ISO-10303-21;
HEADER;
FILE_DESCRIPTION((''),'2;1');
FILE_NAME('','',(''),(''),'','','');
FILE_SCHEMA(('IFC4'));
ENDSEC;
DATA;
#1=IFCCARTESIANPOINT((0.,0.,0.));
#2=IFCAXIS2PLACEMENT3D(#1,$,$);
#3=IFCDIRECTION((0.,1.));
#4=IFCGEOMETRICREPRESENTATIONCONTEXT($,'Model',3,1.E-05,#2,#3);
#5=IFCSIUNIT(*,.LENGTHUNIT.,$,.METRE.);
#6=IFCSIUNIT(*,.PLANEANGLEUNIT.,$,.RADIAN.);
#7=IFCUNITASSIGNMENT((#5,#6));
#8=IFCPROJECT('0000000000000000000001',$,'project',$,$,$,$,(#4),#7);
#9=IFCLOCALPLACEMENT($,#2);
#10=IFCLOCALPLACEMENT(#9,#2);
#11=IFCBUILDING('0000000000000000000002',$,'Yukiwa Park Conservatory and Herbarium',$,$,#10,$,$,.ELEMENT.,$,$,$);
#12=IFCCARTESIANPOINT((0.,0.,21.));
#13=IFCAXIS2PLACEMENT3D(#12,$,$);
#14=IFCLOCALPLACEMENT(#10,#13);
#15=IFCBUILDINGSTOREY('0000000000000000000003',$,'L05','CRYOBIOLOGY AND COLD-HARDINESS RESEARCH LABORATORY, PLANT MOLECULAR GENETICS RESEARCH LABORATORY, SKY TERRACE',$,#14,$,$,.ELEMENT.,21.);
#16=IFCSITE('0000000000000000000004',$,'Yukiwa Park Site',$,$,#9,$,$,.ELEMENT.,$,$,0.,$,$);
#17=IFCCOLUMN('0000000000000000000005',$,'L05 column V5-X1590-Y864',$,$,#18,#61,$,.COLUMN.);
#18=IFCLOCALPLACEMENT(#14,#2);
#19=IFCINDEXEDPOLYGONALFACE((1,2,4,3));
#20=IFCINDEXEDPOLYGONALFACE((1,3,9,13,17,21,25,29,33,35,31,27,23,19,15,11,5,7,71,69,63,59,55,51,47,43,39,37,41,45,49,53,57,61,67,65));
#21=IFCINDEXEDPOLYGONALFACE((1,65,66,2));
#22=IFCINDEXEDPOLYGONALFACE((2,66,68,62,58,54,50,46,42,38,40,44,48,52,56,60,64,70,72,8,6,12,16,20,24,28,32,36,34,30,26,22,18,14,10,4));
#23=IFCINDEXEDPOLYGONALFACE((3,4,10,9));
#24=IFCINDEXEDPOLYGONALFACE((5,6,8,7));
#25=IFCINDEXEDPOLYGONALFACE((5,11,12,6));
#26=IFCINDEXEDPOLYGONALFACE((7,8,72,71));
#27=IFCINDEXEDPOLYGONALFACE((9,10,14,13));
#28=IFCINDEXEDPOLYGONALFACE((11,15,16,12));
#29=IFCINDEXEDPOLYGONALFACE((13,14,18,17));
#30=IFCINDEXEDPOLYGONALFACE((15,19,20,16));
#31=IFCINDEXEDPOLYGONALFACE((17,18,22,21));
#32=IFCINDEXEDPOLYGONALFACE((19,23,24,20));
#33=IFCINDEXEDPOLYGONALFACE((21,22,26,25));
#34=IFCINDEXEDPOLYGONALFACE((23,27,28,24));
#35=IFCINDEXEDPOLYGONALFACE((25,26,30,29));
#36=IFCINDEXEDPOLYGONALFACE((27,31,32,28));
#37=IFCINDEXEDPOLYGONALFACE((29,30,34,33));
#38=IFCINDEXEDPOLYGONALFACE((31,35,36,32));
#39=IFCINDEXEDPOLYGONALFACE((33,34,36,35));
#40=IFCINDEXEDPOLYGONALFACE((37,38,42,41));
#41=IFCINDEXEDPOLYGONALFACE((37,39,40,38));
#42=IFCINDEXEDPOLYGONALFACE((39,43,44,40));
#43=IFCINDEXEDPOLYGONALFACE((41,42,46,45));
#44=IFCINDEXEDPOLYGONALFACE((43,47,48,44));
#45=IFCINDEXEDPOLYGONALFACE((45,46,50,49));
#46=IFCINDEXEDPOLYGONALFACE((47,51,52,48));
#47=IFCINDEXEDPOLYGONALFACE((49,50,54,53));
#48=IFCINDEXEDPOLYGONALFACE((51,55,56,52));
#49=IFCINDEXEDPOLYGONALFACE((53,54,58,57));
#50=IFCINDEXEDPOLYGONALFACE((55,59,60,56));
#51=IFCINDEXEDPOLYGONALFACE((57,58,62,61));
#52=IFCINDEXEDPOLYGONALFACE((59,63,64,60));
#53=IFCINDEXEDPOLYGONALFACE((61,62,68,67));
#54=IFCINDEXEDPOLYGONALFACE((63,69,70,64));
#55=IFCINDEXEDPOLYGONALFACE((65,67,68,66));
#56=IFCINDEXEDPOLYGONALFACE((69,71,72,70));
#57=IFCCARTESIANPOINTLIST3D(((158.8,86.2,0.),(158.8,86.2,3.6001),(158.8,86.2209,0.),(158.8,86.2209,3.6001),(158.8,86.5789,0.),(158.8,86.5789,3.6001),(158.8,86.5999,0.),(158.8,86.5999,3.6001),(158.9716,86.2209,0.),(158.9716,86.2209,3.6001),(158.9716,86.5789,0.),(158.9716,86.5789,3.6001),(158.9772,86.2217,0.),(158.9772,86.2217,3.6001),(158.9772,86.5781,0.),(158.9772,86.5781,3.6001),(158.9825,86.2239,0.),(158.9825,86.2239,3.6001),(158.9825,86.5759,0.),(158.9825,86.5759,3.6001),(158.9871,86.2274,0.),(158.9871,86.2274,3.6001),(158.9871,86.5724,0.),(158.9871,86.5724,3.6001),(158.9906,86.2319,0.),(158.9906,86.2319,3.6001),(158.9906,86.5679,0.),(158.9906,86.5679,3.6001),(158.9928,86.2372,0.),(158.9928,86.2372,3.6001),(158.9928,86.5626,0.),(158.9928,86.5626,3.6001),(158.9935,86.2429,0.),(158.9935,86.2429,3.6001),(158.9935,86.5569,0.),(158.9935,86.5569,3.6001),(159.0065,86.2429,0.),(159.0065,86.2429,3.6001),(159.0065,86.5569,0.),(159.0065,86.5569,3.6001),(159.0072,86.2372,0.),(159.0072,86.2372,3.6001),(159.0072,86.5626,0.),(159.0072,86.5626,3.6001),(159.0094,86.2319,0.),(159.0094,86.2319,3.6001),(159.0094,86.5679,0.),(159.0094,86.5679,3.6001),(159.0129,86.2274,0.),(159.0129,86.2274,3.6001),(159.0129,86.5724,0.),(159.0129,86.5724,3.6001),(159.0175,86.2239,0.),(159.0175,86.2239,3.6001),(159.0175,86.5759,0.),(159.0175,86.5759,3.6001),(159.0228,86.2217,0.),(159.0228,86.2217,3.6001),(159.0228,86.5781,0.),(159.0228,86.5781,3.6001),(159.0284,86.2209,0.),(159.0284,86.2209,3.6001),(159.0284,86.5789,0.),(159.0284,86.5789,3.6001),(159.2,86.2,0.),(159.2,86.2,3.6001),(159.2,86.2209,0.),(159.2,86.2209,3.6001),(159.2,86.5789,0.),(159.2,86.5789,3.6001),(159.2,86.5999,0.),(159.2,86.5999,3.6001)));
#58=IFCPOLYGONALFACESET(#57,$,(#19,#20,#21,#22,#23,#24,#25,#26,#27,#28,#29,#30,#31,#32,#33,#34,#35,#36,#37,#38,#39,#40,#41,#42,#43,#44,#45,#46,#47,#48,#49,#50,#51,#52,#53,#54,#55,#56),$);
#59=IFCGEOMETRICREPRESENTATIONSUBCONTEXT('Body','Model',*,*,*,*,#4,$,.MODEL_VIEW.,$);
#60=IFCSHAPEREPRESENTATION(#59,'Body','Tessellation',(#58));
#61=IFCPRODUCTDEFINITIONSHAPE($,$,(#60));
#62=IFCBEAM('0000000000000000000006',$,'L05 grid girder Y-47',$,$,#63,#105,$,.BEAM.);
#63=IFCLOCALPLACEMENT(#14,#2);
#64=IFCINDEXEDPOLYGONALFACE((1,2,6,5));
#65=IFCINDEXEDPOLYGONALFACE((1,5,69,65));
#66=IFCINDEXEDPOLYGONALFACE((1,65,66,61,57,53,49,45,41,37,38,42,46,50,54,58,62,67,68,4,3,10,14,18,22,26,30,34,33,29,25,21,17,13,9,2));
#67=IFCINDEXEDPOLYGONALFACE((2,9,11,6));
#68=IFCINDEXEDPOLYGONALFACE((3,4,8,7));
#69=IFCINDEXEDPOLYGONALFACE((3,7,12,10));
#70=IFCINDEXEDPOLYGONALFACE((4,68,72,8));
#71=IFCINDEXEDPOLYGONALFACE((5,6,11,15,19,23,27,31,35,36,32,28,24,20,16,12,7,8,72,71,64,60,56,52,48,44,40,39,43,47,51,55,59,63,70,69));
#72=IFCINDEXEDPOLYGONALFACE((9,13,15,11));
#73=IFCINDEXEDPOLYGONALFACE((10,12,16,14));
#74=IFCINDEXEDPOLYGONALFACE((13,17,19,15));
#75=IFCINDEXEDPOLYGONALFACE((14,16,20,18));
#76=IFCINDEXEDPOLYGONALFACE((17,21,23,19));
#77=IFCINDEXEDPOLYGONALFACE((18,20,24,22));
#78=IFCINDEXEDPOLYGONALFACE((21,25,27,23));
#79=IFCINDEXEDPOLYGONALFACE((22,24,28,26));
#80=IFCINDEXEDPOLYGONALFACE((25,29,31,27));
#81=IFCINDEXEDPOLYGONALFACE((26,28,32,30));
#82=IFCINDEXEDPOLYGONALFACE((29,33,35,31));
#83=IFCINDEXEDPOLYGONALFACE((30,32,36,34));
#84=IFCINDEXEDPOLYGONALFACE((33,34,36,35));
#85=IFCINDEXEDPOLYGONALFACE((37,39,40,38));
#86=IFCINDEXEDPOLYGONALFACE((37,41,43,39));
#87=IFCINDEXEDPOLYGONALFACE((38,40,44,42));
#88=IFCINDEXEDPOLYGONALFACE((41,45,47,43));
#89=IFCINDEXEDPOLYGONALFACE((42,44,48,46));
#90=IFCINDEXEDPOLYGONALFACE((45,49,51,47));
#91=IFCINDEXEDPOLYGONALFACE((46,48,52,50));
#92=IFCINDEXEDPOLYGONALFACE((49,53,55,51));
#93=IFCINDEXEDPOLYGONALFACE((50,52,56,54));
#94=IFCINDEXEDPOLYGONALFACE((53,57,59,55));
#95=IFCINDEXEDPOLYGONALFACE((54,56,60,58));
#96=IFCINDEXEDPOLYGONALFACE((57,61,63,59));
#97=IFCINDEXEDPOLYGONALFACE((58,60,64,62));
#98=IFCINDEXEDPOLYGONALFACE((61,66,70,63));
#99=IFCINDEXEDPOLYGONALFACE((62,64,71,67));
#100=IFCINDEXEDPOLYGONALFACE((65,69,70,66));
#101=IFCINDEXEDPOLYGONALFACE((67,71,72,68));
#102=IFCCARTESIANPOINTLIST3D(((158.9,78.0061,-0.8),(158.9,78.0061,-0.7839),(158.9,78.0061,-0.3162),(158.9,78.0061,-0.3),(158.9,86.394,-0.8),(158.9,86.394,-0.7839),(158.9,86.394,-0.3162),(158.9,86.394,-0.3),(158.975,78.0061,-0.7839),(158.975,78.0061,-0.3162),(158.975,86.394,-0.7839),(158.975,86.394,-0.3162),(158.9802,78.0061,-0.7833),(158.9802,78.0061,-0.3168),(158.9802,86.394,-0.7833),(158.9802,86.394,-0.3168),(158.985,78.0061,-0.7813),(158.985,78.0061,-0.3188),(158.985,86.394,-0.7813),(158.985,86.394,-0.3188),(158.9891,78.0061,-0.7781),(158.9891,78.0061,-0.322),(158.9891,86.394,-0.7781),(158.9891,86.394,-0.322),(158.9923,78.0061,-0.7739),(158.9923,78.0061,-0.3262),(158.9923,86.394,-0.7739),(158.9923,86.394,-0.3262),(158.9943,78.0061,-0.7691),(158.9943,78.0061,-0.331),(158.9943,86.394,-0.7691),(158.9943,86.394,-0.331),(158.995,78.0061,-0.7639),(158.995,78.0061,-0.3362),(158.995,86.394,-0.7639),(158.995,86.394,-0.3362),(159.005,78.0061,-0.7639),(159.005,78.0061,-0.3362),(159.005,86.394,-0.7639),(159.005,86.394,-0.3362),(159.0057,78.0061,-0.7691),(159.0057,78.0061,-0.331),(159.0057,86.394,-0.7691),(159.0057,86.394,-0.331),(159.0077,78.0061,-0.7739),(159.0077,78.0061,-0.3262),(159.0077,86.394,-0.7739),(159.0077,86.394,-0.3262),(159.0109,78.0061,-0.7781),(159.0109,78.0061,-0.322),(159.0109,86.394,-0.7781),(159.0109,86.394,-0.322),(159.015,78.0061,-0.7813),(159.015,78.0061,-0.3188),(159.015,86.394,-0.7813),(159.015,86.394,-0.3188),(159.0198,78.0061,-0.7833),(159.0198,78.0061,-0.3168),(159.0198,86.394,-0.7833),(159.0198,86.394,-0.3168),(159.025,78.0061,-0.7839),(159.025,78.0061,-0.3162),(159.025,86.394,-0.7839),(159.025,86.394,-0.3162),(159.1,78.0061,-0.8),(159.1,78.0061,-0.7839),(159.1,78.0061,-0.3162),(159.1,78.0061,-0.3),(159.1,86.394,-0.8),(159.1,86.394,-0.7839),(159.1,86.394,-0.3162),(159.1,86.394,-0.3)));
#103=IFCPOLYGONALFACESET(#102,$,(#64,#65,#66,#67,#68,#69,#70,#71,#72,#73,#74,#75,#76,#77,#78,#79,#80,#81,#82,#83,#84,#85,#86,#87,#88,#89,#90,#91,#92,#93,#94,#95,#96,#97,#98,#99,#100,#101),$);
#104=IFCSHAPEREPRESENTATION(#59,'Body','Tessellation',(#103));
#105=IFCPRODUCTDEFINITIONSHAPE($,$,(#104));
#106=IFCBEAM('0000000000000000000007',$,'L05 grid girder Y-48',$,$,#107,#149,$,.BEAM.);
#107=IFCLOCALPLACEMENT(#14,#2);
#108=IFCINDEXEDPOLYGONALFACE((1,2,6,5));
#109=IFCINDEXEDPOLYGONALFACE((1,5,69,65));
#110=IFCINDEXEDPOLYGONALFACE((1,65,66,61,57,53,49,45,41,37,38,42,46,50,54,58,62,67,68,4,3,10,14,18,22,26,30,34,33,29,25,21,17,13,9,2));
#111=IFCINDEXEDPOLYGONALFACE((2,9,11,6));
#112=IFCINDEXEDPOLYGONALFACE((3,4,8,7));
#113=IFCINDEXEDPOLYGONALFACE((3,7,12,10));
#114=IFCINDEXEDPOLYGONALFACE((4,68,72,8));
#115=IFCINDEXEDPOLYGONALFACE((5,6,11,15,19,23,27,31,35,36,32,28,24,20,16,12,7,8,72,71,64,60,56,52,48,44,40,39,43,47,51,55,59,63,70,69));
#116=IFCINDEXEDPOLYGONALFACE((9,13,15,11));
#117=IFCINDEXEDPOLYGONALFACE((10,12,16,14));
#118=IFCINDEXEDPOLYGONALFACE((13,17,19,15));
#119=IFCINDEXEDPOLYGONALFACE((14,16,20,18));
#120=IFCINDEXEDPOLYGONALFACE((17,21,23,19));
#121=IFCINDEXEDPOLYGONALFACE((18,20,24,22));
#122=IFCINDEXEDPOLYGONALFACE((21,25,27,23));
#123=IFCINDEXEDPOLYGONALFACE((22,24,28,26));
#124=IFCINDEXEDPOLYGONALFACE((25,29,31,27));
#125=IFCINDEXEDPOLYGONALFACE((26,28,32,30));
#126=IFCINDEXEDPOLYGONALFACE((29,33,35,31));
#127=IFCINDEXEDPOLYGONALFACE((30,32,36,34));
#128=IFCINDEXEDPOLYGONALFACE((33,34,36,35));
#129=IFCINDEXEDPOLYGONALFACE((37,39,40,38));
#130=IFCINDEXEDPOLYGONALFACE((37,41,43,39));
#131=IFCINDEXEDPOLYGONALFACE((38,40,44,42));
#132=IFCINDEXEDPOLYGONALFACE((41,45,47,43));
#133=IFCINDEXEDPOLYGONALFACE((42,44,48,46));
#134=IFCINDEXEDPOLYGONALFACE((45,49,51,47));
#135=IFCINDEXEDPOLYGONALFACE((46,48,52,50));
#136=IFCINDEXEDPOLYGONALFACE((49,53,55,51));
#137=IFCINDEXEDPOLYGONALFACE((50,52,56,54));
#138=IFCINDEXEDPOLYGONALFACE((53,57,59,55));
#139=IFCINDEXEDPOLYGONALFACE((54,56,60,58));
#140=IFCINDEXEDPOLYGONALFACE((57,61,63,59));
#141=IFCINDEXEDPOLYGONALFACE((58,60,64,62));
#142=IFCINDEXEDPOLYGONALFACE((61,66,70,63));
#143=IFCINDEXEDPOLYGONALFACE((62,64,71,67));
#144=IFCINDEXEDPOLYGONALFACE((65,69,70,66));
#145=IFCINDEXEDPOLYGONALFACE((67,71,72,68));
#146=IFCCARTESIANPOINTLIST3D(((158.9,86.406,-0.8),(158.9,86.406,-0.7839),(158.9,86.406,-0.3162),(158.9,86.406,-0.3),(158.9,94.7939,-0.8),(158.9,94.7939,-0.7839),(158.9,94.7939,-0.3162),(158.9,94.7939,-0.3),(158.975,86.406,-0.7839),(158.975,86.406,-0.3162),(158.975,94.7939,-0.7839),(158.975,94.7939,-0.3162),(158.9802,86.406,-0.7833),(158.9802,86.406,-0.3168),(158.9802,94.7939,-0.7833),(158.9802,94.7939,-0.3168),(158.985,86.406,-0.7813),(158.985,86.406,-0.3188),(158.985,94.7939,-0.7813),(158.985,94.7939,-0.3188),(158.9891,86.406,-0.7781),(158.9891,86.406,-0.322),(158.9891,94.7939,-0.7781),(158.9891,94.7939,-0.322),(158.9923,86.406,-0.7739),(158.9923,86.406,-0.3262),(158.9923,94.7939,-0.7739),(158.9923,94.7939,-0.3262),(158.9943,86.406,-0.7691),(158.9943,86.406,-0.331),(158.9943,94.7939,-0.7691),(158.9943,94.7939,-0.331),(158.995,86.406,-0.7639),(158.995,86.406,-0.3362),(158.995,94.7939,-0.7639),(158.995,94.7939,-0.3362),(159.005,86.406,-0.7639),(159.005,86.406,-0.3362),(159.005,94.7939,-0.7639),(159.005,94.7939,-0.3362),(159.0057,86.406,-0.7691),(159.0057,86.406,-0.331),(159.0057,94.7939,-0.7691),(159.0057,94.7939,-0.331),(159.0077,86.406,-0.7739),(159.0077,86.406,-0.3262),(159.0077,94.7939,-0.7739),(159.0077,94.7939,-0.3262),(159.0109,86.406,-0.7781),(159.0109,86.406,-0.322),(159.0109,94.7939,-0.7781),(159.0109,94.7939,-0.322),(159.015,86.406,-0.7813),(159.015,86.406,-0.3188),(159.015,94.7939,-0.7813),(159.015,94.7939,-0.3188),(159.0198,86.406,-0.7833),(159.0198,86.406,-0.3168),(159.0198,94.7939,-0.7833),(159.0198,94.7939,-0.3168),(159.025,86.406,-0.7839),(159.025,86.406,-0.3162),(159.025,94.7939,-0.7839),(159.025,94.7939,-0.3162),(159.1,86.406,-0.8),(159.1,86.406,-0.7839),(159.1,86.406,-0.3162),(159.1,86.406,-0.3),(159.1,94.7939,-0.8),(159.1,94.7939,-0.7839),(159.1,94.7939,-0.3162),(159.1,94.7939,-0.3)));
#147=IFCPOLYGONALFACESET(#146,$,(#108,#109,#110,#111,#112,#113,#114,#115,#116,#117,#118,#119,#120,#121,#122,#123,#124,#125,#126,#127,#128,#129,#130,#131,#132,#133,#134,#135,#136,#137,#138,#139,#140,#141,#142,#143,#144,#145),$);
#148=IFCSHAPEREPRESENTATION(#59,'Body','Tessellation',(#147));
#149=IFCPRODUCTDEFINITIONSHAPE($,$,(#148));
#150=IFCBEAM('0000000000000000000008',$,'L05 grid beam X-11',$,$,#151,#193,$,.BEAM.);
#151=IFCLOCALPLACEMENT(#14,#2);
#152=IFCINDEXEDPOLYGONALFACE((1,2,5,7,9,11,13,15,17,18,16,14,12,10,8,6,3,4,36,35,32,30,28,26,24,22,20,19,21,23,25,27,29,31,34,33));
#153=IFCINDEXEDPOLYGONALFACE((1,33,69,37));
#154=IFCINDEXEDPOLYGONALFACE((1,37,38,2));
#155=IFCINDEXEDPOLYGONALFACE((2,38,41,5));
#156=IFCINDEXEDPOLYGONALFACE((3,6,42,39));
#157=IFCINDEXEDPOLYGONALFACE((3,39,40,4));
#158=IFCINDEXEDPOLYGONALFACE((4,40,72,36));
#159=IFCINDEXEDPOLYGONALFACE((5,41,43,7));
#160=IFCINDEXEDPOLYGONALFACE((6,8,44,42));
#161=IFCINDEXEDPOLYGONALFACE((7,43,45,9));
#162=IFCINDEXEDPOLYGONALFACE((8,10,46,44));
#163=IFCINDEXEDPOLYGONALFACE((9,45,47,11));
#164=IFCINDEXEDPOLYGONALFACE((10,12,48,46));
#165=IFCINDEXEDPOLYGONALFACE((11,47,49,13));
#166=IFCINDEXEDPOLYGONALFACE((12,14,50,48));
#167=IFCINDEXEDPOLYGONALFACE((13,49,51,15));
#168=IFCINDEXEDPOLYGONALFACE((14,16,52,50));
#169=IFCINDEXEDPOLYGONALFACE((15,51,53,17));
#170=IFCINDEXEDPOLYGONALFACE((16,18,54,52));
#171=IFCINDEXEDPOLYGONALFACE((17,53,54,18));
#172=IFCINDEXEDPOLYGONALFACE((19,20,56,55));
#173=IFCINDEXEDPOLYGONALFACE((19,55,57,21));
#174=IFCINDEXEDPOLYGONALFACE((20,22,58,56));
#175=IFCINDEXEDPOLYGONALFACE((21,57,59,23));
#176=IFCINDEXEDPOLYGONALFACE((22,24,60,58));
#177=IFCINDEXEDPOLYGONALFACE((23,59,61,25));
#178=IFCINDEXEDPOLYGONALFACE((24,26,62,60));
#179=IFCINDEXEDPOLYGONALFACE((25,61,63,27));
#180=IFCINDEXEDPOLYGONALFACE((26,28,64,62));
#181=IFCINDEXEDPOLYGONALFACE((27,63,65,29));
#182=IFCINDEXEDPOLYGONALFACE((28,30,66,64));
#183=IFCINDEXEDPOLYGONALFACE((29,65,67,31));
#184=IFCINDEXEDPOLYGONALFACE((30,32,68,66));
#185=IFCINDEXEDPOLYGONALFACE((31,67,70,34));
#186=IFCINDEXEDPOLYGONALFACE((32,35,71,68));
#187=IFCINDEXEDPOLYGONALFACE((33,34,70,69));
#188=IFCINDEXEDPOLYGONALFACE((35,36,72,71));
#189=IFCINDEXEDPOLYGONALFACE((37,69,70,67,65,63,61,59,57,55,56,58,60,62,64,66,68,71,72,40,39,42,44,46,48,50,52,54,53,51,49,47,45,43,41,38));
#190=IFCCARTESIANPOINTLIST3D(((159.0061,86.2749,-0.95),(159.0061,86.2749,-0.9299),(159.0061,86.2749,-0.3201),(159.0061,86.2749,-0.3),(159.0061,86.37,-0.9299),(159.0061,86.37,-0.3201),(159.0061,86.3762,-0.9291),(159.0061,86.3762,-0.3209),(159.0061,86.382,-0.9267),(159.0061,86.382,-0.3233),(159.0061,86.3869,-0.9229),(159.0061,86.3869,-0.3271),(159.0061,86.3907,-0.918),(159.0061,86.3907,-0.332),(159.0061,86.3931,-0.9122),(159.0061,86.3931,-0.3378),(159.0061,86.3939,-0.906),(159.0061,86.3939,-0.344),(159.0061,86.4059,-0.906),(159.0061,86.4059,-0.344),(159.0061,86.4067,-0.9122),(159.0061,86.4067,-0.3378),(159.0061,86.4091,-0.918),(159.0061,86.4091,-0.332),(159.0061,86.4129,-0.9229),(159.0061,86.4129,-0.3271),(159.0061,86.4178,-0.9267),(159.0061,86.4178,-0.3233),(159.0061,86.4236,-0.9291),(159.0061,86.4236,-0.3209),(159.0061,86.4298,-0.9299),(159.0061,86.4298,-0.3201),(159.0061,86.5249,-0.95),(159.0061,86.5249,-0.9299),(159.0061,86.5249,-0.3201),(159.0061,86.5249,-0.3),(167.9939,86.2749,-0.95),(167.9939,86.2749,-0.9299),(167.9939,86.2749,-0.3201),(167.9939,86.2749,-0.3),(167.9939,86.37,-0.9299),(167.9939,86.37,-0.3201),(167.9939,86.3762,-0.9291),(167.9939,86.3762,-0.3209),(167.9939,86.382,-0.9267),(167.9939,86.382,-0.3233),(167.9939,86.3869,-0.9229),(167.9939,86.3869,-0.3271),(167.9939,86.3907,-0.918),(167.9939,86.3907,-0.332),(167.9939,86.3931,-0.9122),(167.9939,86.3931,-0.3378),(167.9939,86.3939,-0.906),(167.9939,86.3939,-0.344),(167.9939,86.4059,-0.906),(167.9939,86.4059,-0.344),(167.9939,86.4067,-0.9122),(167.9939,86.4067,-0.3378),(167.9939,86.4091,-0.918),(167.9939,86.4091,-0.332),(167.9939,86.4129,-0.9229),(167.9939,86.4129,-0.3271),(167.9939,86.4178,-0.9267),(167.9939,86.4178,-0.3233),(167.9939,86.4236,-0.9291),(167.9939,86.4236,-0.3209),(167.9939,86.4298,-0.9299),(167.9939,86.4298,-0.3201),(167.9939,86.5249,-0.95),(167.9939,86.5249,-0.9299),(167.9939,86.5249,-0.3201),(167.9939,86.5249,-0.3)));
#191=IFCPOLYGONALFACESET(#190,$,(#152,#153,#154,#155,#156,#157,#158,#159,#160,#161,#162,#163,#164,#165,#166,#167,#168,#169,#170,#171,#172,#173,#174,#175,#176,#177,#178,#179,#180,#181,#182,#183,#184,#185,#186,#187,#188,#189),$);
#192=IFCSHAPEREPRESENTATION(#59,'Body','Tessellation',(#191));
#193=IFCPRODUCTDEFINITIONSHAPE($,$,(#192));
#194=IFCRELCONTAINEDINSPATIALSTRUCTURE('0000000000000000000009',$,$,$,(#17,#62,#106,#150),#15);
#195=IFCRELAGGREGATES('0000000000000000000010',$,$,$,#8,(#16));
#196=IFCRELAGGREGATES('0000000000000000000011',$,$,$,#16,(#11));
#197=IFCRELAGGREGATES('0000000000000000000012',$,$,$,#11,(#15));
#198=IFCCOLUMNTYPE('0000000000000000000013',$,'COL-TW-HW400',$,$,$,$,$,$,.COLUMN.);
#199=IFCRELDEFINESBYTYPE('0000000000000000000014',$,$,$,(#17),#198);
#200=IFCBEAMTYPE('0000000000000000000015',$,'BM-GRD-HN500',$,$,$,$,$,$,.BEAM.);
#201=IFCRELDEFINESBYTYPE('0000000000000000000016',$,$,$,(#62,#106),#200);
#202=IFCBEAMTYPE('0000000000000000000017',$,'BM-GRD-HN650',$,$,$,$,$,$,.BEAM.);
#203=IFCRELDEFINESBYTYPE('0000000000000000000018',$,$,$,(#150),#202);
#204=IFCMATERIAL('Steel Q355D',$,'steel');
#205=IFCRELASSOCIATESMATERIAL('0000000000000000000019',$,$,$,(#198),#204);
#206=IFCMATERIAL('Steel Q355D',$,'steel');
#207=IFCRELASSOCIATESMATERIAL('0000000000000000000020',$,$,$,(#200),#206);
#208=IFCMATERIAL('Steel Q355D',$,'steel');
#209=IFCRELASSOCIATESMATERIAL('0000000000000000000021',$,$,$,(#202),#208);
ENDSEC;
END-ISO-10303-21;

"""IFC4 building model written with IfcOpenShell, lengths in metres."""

from ifc_helpers import new_model, si_unit, direction, frame, origin, origin_2d, place, context, subcontext, project, spatial, i_section, extrude, material, material_profile, profile_set, type_object, element, save


model = new_model("IFC4")

# Units and contexts
model_context = context("Model", 3, precision=1e-05, world=origin(), true_north=direction((0.0, 1.0)))
body_context = subcontext(model_context, "Body", "Model", "MODEL_VIEW")
ifc_project = project(units=[si_unit("LENGTHUNIT", "METRE"), si_unit("PLANEANGLEUNIT", "RADIAN")], contexts=[model_context])

# Site, building, storey
site_placement = place(None, origin())
site = spatial("IfcSite", under=ifc_project, at=site_placement, Name="Yukiwa Park Site", CompositionType="ELEMENT", RefElevation=0.0)
building_placement = place(site_placement, origin())
building = spatial("IfcBuilding", under=site, at=building_placement, Name="Yukiwa Park Conservatory and Herbarium", CompositionType="ELEMENT")
storey_placement = place(building_placement, frame((0.0, 0.0, 21.0)))
storey = spatial("IfcBuildingStorey", under=building, at=storey_placement, Name="L05", Description="CRYOBIOLOGY AND COLD-HARDINESS RESEARCH LABORATORY, PLANT MOLECULAR GENETICS RESEARCH LABORATORY, SKY TERRACE", CompositionType="ELEMENT", Elevation=21.0)

# Column
ifc_material_1 = material(Name="Steel Q355D", Category="steel")
ifc_material_profile_1 = material_profile(ifc_material_1, i_section(OverallWidth=0.3999, OverallDepth=0.3999, WebThickness=0.0129, FlangeThickness=0.021, FilletRadius=0.022, at=origin_2d()), Name="HW 400x400x13x21")
ifc_profile_set_1 = profile_set([ifc_material_profile_1], Name="Steel Q355D")
column_type_1 = type_object("IfcColumnType", Name="COL-TW-HW400", PredefinedType="COLUMN", material=ifc_profile_set_1)
column_placement = place(storey_placement, frame((159.0, 86.3999, 0.0), z_axis=(0.0, 0.0, 1.0), x_axis=(1.0, 0.0, 0.0)))
element("IfcColumn", 1, at=column_placement, inside=storey, type_object=column_type_1, Name="L05 column V5-X1590-Y864", PredefinedType="COLUMN", context=body_context, shape_type="SweptSolid", body=[
    extrude(i_section(OverallWidth=0.3999, OverallDepth=0.3999, WebThickness=0.0129, FlangeThickness=0.021, FilletRadius=0.022, at=origin_2d()), origin(), (0.0, 0.0, 1.0), 3.6001),
])

# Beams
ifc_material_2 = material(Name="Steel Q355D", Category="steel")
ifc_material_profile_2 = material_profile(ifc_material_2, i_section(OverallWidth=0.2, OverallDepth=0.5, WebThickness=0.01, FlangeThickness=0.0161, FilletRadius=0.02, at=origin_2d()), Name="HN 500x200x10x16")
ifc_profile_set_2 = profile_set([ifc_material_profile_2], Name="Steel Q355D")
beam_type_1 = type_object("IfcBeamType", Name="BM-GRD-HN500", PredefinedType="BEAM", material=ifc_profile_set_2)
for number, where, z_axis, x_axis, name in (
    (2, (159.0, 78.0061, -0.55), (0.0, 1.0, 0.0), (-1.0, 0.0, 0.0), "L05 grid girder Y-47"),
    (3, (159.0, 86.406, -0.55), (0.0, 1.0, 0.0), (-1.0, 0.0, 0.0), "L05 grid girder Y-48"),
):
    element("IfcBeam", number, at=place(storey_placement, frame(where, z_axis=z_axis, x_axis=x_axis)), inside=storey, type_object=beam_type_1, Name=name, PredefinedType="BEAM", context=body_context, shape_type="SweptSolid", body=[
        extrude(i_section(OverallWidth=0.2, OverallDepth=0.5, WebThickness=0.01, FlangeThickness=0.0161, FilletRadius=0.02, at=origin_2d()), origin(), (0.0, 0.0, 1.0), 8.3879),
    ])
ifc_material_3 = material(Name="Steel Q355D", Category="steel")
ifc_material_profile_3 = material_profile(ifc_material_3, i_section(OverallWidth=0.25, OverallDepth=0.6499, WebThickness=0.012, FlangeThickness=0.02, FilletRadius=0.0239, at=origin_2d()), Name="HN 650x250x12x20")
ifc_profile_set_3 = profile_set([ifc_material_profile_3], Name="Steel Q355D")
beam_type_2 = type_object("IfcBeamType", Name="BM-GRD-HN650", PredefinedType="BEAM", material=ifc_profile_set_3)
beam_1_placement = place(storey_placement, frame((159.0061, 86.3999, -0.625), z_axis=(1.0, 0.0, 0.0), x_axis=(0.0, 1.0, 0.0)))
element("IfcBeam", 4, at=beam_1_placement, inside=storey, type_object=beam_type_2, Name="L05 grid beam X-11", PredefinedType="BEAM", context=body_context, shape_type="SweptSolid", body=[
    extrude(i_section(OverallWidth=0.25, OverallDepth=0.6499, WebThickness=0.012, FlangeThickness=0.02, FilletRadius=0.0239, at=origin_2d()), origin(), (0.0, 0.0, 1.0), 8.9878),
])

save(model, "model.ifc")
